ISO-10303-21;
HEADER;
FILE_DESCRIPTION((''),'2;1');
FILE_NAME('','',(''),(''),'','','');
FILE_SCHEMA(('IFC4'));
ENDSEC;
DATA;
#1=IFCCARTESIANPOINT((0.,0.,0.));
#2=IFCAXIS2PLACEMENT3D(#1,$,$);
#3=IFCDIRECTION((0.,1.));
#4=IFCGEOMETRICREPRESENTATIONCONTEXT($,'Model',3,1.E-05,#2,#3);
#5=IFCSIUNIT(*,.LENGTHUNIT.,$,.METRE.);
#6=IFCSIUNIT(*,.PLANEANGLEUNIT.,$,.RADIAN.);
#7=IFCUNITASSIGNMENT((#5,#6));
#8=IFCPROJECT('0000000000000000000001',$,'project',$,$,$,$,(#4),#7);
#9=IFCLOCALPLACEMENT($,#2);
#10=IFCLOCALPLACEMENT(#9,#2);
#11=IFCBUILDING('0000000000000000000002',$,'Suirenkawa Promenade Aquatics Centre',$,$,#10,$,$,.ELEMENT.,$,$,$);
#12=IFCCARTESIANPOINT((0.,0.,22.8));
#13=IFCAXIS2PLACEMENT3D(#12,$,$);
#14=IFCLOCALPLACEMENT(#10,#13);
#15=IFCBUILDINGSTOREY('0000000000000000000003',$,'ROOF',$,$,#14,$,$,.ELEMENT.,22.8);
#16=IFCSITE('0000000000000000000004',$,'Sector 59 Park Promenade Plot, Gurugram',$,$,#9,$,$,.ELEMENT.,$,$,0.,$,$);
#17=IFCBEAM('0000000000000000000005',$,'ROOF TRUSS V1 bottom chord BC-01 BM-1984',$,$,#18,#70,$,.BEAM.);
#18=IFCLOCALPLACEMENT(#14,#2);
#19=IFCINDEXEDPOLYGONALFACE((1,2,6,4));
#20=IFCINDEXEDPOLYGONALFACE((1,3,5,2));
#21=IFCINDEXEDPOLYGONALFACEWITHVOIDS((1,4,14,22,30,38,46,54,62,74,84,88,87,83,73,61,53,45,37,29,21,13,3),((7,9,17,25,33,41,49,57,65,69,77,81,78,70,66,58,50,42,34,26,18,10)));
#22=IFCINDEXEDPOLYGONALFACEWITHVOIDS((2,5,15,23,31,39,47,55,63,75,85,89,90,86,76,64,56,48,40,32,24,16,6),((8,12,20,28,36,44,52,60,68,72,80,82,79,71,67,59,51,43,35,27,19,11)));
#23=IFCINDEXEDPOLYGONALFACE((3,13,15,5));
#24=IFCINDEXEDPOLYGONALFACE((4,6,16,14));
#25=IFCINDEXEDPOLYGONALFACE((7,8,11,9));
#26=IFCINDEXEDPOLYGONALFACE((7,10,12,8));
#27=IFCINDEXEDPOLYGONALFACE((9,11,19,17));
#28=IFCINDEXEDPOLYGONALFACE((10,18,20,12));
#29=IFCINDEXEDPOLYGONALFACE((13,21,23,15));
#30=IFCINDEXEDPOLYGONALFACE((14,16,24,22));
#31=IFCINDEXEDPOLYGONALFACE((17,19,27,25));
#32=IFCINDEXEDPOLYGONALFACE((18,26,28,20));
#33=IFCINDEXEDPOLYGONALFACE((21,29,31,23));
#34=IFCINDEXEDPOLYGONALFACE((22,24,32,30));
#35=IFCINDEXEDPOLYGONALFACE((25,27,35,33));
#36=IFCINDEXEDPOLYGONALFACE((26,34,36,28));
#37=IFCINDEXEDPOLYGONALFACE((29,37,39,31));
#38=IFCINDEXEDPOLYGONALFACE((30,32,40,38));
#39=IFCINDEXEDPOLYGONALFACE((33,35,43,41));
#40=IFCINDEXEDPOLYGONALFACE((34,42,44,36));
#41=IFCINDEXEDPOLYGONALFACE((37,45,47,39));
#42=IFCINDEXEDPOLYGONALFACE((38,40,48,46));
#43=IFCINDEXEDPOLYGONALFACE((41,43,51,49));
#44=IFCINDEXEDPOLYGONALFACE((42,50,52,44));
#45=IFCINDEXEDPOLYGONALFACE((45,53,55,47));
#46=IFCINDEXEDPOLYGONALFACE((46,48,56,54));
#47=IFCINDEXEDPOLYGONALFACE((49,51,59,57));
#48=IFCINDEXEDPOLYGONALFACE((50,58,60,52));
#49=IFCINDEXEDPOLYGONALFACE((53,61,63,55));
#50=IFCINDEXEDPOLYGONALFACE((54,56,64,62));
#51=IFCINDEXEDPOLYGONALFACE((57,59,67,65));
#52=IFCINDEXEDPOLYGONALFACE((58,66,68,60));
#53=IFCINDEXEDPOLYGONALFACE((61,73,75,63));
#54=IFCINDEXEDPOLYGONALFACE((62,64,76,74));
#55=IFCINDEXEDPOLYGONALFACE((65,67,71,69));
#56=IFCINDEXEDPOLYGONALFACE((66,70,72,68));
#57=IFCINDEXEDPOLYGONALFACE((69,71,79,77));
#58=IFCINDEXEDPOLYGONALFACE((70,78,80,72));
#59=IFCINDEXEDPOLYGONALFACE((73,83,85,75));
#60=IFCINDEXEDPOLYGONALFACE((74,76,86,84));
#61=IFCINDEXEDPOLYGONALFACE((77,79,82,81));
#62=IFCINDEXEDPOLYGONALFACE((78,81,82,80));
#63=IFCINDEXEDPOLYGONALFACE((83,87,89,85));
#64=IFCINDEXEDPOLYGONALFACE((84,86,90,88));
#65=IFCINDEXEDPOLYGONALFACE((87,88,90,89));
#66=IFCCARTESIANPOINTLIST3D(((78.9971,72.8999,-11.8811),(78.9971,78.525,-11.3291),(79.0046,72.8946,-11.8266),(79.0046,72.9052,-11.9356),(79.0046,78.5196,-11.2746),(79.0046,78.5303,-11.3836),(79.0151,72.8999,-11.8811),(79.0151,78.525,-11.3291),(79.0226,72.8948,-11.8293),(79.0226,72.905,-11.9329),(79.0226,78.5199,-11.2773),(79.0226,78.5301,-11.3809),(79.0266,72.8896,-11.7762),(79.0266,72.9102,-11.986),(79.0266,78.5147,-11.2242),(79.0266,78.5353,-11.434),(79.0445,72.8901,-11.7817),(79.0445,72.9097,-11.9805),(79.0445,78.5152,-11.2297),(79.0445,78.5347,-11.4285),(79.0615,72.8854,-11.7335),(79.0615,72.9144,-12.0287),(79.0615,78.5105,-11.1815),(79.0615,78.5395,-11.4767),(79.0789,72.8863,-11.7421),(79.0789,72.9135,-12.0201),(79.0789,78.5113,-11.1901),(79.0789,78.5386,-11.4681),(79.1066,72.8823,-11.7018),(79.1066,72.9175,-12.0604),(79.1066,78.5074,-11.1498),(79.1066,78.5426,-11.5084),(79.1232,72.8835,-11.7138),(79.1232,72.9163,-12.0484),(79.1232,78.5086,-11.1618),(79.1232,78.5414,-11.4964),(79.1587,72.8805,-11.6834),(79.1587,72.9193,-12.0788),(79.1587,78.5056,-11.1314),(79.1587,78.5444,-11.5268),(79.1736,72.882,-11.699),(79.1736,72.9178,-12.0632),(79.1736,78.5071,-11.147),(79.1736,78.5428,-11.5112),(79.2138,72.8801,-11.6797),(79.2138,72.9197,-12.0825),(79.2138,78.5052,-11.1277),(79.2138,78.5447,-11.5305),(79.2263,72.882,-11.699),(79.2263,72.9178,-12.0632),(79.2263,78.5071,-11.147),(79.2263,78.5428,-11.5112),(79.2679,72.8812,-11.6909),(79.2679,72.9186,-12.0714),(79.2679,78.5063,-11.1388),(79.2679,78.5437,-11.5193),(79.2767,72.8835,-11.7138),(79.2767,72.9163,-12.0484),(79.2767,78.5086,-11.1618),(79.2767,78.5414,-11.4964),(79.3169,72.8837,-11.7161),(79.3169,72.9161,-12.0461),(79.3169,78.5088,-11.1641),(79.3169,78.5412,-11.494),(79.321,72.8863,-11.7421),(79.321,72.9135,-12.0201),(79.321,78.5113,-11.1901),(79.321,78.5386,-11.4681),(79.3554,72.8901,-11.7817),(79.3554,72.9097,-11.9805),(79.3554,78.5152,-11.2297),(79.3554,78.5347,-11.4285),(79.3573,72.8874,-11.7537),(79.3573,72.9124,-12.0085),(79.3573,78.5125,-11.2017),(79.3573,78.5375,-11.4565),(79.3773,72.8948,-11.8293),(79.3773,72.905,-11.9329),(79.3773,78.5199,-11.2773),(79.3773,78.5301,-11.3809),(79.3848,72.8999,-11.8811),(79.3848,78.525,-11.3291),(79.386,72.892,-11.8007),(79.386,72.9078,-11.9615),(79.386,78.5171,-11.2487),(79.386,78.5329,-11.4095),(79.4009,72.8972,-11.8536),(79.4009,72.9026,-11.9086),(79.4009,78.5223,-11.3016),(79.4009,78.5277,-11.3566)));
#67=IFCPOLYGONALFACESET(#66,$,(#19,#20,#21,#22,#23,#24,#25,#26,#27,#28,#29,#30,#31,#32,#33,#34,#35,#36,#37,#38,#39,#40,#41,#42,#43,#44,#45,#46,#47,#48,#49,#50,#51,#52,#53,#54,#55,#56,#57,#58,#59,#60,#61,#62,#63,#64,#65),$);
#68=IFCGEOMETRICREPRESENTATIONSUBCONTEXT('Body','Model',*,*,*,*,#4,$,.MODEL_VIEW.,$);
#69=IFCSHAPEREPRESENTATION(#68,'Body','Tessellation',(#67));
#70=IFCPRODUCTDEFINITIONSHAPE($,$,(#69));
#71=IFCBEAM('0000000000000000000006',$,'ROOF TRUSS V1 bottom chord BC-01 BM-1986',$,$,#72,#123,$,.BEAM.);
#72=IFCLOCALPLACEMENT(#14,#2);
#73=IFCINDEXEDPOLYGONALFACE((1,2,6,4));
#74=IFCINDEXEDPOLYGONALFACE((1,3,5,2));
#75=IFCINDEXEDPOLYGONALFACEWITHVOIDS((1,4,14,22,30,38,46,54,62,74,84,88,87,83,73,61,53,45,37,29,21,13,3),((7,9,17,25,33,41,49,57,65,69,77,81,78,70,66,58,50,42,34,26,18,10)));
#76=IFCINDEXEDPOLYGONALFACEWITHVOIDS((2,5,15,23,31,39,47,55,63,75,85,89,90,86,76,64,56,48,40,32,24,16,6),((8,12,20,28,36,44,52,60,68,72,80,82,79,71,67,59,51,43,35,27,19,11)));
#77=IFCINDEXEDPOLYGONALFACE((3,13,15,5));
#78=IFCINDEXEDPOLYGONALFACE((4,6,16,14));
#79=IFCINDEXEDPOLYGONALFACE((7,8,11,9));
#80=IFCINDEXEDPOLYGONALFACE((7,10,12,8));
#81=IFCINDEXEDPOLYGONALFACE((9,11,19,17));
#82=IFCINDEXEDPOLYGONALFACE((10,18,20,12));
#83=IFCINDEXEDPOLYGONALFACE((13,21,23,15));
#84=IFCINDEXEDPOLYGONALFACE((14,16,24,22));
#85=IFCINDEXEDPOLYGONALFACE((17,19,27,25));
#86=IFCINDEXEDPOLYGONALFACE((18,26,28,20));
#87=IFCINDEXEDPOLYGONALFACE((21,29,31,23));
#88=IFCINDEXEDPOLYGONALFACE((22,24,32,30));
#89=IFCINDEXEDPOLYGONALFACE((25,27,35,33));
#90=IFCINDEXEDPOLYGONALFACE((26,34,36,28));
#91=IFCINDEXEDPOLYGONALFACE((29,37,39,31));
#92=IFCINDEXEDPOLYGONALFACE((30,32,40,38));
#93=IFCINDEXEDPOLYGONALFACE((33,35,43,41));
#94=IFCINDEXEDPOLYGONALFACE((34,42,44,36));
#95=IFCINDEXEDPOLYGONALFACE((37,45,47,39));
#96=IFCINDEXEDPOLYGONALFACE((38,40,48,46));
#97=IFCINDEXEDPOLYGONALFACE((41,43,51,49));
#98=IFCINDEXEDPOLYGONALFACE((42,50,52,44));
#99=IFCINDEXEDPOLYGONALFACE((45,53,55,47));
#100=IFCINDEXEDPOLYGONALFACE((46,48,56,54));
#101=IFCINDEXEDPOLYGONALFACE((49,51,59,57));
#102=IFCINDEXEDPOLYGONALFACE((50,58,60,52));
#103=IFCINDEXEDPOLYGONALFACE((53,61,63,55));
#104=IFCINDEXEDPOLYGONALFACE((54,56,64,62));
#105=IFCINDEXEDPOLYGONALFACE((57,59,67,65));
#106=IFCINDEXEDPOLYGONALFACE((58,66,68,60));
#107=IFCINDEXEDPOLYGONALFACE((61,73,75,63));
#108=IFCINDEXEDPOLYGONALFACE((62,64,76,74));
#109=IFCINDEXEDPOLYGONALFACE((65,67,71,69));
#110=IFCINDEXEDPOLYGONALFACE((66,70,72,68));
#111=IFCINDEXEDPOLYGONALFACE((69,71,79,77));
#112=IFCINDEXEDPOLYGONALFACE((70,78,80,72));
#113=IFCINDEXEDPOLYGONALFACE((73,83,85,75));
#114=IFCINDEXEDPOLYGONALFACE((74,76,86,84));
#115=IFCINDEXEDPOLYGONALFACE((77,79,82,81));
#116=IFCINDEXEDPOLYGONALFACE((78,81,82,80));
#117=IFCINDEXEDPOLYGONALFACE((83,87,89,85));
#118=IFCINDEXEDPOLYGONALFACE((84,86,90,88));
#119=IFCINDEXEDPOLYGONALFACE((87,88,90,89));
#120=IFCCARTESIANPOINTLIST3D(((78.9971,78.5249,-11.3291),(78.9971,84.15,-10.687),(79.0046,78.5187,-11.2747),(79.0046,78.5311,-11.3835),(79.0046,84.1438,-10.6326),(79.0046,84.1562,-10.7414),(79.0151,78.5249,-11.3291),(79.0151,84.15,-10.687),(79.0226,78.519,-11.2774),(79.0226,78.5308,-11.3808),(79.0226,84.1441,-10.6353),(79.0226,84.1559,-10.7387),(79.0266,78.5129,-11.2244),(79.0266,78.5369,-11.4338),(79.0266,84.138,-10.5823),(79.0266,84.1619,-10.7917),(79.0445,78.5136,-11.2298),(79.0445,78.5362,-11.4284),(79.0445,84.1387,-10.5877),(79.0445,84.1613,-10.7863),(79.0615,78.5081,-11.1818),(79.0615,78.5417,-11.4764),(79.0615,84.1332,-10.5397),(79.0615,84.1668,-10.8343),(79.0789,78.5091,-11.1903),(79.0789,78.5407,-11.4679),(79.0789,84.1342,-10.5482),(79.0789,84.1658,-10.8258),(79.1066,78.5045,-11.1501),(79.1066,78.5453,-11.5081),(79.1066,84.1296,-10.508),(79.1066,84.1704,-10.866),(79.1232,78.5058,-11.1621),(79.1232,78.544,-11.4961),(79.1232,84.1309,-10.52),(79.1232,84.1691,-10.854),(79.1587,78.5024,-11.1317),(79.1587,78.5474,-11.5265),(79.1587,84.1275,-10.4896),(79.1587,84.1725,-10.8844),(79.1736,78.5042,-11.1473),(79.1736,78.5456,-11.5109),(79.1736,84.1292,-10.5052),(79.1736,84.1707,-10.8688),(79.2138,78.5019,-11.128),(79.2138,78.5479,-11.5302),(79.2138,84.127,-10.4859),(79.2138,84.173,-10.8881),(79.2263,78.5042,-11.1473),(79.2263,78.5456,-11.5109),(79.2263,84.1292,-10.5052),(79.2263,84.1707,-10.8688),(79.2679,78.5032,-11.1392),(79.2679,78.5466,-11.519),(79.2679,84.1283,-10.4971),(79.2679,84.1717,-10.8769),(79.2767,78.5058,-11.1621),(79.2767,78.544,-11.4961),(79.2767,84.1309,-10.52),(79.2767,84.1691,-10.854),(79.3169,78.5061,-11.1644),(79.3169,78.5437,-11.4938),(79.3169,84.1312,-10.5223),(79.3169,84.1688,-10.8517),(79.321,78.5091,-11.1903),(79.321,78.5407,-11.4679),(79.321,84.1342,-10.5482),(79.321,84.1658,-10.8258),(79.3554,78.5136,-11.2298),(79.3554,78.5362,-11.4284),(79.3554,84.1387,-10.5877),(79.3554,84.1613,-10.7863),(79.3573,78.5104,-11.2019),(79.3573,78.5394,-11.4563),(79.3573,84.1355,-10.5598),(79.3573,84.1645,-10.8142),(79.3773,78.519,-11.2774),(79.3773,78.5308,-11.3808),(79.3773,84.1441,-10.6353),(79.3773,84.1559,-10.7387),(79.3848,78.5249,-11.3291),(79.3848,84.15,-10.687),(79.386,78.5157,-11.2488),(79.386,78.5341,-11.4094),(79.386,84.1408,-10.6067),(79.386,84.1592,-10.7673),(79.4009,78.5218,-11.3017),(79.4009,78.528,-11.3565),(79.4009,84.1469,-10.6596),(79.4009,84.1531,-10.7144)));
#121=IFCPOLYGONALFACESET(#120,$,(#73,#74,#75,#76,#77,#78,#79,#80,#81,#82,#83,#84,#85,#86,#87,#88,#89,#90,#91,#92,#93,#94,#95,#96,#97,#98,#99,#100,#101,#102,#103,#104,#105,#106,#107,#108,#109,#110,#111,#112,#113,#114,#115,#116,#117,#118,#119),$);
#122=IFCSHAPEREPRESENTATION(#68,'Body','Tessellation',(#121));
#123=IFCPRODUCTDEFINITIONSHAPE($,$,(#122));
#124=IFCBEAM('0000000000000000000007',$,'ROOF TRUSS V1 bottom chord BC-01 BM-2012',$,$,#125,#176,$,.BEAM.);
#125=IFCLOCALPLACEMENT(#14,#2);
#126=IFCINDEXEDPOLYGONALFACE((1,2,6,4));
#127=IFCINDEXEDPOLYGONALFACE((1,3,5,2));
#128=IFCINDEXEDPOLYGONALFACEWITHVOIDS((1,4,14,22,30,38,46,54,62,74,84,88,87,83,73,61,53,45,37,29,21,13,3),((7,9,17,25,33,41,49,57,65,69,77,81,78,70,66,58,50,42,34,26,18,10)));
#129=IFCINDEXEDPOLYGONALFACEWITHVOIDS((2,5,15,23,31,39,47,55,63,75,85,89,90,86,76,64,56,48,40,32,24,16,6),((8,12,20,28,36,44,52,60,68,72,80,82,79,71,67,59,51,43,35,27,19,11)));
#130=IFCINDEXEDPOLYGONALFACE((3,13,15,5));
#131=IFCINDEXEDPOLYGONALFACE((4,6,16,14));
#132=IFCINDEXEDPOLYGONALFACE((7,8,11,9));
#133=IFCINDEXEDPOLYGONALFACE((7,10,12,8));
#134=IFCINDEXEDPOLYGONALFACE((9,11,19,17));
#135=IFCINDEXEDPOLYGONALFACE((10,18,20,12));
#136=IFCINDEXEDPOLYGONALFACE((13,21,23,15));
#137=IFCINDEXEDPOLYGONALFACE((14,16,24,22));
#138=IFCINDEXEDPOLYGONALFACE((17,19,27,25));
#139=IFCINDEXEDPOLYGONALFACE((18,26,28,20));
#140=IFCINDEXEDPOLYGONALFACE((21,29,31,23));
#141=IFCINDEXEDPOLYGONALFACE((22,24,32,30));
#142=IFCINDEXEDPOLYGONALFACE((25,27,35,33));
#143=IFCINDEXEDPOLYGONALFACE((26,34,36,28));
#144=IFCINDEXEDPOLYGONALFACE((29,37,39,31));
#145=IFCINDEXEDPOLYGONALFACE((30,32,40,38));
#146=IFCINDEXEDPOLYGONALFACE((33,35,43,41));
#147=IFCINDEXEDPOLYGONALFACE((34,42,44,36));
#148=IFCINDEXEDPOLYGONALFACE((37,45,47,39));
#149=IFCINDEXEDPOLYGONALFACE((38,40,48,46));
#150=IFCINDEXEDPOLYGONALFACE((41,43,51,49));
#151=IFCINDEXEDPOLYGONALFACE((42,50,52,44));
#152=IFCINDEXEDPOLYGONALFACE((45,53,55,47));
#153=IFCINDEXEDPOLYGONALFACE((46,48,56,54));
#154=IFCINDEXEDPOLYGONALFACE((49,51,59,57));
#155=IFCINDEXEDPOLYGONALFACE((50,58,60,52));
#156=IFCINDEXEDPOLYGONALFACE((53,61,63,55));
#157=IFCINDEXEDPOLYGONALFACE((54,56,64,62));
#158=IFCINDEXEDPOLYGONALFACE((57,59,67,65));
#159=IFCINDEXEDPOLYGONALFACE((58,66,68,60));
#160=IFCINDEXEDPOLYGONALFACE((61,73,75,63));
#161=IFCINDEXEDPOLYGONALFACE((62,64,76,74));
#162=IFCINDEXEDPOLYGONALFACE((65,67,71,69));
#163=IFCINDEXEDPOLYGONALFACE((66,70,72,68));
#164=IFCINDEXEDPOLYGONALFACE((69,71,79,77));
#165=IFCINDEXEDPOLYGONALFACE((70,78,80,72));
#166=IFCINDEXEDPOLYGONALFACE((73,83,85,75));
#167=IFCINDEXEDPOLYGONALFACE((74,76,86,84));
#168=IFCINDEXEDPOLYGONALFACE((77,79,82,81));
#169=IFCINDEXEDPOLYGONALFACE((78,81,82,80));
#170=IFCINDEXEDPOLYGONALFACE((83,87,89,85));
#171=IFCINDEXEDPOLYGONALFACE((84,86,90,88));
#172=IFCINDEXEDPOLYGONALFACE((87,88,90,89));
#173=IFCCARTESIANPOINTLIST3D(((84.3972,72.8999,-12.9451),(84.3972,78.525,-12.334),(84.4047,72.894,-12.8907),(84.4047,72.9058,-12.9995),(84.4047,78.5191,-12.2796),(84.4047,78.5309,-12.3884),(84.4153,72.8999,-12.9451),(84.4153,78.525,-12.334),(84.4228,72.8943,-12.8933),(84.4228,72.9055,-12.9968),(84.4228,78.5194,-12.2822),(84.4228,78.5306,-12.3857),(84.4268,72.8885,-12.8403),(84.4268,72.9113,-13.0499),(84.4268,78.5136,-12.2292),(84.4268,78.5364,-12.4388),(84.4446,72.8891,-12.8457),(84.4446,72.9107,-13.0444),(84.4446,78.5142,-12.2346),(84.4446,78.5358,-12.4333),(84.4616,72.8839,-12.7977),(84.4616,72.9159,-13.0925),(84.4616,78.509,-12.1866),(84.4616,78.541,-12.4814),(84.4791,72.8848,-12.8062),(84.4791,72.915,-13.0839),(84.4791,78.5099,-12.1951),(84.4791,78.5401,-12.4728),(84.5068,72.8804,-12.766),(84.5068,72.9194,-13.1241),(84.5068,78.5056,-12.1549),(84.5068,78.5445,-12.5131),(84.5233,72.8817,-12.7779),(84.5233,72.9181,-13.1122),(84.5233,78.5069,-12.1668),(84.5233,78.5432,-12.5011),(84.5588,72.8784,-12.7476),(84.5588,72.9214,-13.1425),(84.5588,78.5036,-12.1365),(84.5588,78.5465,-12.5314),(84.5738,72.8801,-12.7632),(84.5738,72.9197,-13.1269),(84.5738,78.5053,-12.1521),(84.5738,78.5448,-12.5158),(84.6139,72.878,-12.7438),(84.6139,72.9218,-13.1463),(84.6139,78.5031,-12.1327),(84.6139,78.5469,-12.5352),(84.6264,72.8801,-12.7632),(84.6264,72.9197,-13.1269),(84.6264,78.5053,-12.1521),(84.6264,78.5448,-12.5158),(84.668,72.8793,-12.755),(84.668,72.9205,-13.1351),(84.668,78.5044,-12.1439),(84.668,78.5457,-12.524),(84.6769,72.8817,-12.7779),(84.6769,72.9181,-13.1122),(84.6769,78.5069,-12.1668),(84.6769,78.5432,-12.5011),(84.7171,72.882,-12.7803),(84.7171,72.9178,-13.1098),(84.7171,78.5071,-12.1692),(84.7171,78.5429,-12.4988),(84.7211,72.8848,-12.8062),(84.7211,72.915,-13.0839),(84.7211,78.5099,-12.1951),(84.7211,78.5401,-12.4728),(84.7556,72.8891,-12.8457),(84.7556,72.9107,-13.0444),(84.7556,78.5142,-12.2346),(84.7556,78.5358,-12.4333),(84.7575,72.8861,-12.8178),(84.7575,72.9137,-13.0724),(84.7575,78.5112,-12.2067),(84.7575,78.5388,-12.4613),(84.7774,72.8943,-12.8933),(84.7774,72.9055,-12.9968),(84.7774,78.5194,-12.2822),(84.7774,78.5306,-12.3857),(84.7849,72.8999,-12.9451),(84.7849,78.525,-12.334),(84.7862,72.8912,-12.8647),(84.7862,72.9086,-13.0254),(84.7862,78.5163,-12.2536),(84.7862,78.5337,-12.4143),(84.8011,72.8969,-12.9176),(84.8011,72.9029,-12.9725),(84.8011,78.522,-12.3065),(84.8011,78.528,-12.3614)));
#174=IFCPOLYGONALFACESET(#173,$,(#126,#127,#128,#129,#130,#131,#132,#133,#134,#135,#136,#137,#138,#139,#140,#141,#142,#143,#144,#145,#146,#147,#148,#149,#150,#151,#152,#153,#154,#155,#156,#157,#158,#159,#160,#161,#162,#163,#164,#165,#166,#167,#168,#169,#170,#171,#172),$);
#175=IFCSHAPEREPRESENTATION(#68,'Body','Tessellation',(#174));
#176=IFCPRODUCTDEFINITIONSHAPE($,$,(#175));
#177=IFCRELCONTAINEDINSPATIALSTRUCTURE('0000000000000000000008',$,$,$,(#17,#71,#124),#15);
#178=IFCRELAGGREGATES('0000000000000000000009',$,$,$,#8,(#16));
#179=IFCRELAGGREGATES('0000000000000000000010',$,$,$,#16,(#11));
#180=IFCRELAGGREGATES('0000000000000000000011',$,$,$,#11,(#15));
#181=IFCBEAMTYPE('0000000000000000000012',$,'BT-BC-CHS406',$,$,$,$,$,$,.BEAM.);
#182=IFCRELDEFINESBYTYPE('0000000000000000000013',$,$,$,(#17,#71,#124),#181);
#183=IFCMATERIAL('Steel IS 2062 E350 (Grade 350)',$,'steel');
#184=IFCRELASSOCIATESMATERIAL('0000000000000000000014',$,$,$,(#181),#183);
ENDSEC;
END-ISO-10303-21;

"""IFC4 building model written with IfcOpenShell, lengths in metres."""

from ifc_helpers import new_model, si_unit, direction, frame, origin, origin_2d, place, context, subcontext, project, spatial, hollow_circle, extrude, material, material_profile, profile_set, type_object, element, save


model = new_model("IFC4")

# Units and contexts
model_context = context("Model", 3, precision=1e-05, world=origin(), true_north=direction((0.0, 1.0)))
body_context = subcontext(model_context, "Body", "Model", "MODEL_VIEW")
ifc_project = project(units=[si_unit("LENGTHUNIT", "METRE"), si_unit("PLANEANGLEUNIT", "RADIAN")], contexts=[model_context])

# Site, building, storey
site_placement = place(None, origin())
site = spatial("IfcSite", under=ifc_project, at=site_placement, Name="Sector 59 Park Promenade Plot, Gurugram", CompositionType="ELEMENT", RefElevation=0.0)
building_placement = place(site_placement, origin())
building = spatial("IfcBuilding", under=site, at=building_placement, Name="Suirenkawa Promenade Aquatics Centre", CompositionType="ELEMENT")
storey_placement = place(building_placement, frame((0.0, 0.0, 22.8)))
storey = spatial("IfcBuildingStorey", under=building, at=storey_placement, Name="ROOF", CompositionType="ELEMENT", Elevation=22.8)

# Beams
ifc_material = material(Name="Steel IS 2062 E350 (Grade 350)", Category="steel")
ifc_material_profile_1 = material_profile(ifc_material, hollow_circle(Radius=0.2029, WallThickness=0.0181, at=origin_2d()), Name="CHS 406x18", Category="steel")
ifc_profile_set_1 = profile_set([ifc_material_profile_1], Name="Steel IS 2062 E350 (Grade 350)")
beam_type_1 = type_object("IfcBeamType", Name="BT-BC-CHS406", PredefinedType="BEAM", material=ifc_profile_set_1)
beam_1_placement = place(storey_placement, frame((79.2, 72.8999, -11.8811), z_axis=(0.0, 0.995219, 0.097665), x_axis=(-1.0, 0.0, 0.0)))
element("IfcBeam", 1, at=beam_1_placement, inside=storey, type_object=beam_type_1, Name="ROOF TRUSS V1 bottom chord BC-01 BM-1984", PredefinedType="BEAM", context=body_context, shape_type="SweptSolid", body=[
    extrude(hollow_circle(Radius=0.2029, WallThickness=0.0181, at=origin_2d()), origin(), (0.0, 0.0, 1.0), 5.6521),
])
beam_2_placement = place(storey_placement, frame((79.2, 78.5249, -11.3291), z_axis=(0.0, 0.993548, 0.113413), x_axis=(-1.0, 0.0, 0.0)))
element("IfcBeam", 2, at=beam_2_placement, inside=storey, type_object=beam_type_1, Name="ROOF TRUSS V1 bottom chord BC-01 BM-1986", PredefinedType="BEAM", context=body_context, shape_type="SweptSolid", body=[
    extrude(hollow_circle(Radius=0.2029, WallThickness=0.0181, at=origin_2d()), origin(), (0.0, 0.0, 1.0), 5.6616),
])
beam_3_placement = place(storey_placement, frame((84.6001, 72.8999, -12.9451), z_axis=(0.0, 0.994151, 0.108002), x_axis=(-1.0, 0.0, 0.0)))
element("IfcBeam", 3, at=beam_3_placement, inside=storey, type_object=beam_type_1, Name="ROOF TRUSS V1 bottom chord BC-01 BM-2012", PredefinedType="BEAM", context=body_context, shape_type="SweptSolid", body=[
    extrude(hollow_circle(Radius=0.2029, WallThickness=0.0181, at=origin_2d()), origin(), (0.0, 0.0, 1.0), 5.6582),
])

save(model, "model.ifc")
